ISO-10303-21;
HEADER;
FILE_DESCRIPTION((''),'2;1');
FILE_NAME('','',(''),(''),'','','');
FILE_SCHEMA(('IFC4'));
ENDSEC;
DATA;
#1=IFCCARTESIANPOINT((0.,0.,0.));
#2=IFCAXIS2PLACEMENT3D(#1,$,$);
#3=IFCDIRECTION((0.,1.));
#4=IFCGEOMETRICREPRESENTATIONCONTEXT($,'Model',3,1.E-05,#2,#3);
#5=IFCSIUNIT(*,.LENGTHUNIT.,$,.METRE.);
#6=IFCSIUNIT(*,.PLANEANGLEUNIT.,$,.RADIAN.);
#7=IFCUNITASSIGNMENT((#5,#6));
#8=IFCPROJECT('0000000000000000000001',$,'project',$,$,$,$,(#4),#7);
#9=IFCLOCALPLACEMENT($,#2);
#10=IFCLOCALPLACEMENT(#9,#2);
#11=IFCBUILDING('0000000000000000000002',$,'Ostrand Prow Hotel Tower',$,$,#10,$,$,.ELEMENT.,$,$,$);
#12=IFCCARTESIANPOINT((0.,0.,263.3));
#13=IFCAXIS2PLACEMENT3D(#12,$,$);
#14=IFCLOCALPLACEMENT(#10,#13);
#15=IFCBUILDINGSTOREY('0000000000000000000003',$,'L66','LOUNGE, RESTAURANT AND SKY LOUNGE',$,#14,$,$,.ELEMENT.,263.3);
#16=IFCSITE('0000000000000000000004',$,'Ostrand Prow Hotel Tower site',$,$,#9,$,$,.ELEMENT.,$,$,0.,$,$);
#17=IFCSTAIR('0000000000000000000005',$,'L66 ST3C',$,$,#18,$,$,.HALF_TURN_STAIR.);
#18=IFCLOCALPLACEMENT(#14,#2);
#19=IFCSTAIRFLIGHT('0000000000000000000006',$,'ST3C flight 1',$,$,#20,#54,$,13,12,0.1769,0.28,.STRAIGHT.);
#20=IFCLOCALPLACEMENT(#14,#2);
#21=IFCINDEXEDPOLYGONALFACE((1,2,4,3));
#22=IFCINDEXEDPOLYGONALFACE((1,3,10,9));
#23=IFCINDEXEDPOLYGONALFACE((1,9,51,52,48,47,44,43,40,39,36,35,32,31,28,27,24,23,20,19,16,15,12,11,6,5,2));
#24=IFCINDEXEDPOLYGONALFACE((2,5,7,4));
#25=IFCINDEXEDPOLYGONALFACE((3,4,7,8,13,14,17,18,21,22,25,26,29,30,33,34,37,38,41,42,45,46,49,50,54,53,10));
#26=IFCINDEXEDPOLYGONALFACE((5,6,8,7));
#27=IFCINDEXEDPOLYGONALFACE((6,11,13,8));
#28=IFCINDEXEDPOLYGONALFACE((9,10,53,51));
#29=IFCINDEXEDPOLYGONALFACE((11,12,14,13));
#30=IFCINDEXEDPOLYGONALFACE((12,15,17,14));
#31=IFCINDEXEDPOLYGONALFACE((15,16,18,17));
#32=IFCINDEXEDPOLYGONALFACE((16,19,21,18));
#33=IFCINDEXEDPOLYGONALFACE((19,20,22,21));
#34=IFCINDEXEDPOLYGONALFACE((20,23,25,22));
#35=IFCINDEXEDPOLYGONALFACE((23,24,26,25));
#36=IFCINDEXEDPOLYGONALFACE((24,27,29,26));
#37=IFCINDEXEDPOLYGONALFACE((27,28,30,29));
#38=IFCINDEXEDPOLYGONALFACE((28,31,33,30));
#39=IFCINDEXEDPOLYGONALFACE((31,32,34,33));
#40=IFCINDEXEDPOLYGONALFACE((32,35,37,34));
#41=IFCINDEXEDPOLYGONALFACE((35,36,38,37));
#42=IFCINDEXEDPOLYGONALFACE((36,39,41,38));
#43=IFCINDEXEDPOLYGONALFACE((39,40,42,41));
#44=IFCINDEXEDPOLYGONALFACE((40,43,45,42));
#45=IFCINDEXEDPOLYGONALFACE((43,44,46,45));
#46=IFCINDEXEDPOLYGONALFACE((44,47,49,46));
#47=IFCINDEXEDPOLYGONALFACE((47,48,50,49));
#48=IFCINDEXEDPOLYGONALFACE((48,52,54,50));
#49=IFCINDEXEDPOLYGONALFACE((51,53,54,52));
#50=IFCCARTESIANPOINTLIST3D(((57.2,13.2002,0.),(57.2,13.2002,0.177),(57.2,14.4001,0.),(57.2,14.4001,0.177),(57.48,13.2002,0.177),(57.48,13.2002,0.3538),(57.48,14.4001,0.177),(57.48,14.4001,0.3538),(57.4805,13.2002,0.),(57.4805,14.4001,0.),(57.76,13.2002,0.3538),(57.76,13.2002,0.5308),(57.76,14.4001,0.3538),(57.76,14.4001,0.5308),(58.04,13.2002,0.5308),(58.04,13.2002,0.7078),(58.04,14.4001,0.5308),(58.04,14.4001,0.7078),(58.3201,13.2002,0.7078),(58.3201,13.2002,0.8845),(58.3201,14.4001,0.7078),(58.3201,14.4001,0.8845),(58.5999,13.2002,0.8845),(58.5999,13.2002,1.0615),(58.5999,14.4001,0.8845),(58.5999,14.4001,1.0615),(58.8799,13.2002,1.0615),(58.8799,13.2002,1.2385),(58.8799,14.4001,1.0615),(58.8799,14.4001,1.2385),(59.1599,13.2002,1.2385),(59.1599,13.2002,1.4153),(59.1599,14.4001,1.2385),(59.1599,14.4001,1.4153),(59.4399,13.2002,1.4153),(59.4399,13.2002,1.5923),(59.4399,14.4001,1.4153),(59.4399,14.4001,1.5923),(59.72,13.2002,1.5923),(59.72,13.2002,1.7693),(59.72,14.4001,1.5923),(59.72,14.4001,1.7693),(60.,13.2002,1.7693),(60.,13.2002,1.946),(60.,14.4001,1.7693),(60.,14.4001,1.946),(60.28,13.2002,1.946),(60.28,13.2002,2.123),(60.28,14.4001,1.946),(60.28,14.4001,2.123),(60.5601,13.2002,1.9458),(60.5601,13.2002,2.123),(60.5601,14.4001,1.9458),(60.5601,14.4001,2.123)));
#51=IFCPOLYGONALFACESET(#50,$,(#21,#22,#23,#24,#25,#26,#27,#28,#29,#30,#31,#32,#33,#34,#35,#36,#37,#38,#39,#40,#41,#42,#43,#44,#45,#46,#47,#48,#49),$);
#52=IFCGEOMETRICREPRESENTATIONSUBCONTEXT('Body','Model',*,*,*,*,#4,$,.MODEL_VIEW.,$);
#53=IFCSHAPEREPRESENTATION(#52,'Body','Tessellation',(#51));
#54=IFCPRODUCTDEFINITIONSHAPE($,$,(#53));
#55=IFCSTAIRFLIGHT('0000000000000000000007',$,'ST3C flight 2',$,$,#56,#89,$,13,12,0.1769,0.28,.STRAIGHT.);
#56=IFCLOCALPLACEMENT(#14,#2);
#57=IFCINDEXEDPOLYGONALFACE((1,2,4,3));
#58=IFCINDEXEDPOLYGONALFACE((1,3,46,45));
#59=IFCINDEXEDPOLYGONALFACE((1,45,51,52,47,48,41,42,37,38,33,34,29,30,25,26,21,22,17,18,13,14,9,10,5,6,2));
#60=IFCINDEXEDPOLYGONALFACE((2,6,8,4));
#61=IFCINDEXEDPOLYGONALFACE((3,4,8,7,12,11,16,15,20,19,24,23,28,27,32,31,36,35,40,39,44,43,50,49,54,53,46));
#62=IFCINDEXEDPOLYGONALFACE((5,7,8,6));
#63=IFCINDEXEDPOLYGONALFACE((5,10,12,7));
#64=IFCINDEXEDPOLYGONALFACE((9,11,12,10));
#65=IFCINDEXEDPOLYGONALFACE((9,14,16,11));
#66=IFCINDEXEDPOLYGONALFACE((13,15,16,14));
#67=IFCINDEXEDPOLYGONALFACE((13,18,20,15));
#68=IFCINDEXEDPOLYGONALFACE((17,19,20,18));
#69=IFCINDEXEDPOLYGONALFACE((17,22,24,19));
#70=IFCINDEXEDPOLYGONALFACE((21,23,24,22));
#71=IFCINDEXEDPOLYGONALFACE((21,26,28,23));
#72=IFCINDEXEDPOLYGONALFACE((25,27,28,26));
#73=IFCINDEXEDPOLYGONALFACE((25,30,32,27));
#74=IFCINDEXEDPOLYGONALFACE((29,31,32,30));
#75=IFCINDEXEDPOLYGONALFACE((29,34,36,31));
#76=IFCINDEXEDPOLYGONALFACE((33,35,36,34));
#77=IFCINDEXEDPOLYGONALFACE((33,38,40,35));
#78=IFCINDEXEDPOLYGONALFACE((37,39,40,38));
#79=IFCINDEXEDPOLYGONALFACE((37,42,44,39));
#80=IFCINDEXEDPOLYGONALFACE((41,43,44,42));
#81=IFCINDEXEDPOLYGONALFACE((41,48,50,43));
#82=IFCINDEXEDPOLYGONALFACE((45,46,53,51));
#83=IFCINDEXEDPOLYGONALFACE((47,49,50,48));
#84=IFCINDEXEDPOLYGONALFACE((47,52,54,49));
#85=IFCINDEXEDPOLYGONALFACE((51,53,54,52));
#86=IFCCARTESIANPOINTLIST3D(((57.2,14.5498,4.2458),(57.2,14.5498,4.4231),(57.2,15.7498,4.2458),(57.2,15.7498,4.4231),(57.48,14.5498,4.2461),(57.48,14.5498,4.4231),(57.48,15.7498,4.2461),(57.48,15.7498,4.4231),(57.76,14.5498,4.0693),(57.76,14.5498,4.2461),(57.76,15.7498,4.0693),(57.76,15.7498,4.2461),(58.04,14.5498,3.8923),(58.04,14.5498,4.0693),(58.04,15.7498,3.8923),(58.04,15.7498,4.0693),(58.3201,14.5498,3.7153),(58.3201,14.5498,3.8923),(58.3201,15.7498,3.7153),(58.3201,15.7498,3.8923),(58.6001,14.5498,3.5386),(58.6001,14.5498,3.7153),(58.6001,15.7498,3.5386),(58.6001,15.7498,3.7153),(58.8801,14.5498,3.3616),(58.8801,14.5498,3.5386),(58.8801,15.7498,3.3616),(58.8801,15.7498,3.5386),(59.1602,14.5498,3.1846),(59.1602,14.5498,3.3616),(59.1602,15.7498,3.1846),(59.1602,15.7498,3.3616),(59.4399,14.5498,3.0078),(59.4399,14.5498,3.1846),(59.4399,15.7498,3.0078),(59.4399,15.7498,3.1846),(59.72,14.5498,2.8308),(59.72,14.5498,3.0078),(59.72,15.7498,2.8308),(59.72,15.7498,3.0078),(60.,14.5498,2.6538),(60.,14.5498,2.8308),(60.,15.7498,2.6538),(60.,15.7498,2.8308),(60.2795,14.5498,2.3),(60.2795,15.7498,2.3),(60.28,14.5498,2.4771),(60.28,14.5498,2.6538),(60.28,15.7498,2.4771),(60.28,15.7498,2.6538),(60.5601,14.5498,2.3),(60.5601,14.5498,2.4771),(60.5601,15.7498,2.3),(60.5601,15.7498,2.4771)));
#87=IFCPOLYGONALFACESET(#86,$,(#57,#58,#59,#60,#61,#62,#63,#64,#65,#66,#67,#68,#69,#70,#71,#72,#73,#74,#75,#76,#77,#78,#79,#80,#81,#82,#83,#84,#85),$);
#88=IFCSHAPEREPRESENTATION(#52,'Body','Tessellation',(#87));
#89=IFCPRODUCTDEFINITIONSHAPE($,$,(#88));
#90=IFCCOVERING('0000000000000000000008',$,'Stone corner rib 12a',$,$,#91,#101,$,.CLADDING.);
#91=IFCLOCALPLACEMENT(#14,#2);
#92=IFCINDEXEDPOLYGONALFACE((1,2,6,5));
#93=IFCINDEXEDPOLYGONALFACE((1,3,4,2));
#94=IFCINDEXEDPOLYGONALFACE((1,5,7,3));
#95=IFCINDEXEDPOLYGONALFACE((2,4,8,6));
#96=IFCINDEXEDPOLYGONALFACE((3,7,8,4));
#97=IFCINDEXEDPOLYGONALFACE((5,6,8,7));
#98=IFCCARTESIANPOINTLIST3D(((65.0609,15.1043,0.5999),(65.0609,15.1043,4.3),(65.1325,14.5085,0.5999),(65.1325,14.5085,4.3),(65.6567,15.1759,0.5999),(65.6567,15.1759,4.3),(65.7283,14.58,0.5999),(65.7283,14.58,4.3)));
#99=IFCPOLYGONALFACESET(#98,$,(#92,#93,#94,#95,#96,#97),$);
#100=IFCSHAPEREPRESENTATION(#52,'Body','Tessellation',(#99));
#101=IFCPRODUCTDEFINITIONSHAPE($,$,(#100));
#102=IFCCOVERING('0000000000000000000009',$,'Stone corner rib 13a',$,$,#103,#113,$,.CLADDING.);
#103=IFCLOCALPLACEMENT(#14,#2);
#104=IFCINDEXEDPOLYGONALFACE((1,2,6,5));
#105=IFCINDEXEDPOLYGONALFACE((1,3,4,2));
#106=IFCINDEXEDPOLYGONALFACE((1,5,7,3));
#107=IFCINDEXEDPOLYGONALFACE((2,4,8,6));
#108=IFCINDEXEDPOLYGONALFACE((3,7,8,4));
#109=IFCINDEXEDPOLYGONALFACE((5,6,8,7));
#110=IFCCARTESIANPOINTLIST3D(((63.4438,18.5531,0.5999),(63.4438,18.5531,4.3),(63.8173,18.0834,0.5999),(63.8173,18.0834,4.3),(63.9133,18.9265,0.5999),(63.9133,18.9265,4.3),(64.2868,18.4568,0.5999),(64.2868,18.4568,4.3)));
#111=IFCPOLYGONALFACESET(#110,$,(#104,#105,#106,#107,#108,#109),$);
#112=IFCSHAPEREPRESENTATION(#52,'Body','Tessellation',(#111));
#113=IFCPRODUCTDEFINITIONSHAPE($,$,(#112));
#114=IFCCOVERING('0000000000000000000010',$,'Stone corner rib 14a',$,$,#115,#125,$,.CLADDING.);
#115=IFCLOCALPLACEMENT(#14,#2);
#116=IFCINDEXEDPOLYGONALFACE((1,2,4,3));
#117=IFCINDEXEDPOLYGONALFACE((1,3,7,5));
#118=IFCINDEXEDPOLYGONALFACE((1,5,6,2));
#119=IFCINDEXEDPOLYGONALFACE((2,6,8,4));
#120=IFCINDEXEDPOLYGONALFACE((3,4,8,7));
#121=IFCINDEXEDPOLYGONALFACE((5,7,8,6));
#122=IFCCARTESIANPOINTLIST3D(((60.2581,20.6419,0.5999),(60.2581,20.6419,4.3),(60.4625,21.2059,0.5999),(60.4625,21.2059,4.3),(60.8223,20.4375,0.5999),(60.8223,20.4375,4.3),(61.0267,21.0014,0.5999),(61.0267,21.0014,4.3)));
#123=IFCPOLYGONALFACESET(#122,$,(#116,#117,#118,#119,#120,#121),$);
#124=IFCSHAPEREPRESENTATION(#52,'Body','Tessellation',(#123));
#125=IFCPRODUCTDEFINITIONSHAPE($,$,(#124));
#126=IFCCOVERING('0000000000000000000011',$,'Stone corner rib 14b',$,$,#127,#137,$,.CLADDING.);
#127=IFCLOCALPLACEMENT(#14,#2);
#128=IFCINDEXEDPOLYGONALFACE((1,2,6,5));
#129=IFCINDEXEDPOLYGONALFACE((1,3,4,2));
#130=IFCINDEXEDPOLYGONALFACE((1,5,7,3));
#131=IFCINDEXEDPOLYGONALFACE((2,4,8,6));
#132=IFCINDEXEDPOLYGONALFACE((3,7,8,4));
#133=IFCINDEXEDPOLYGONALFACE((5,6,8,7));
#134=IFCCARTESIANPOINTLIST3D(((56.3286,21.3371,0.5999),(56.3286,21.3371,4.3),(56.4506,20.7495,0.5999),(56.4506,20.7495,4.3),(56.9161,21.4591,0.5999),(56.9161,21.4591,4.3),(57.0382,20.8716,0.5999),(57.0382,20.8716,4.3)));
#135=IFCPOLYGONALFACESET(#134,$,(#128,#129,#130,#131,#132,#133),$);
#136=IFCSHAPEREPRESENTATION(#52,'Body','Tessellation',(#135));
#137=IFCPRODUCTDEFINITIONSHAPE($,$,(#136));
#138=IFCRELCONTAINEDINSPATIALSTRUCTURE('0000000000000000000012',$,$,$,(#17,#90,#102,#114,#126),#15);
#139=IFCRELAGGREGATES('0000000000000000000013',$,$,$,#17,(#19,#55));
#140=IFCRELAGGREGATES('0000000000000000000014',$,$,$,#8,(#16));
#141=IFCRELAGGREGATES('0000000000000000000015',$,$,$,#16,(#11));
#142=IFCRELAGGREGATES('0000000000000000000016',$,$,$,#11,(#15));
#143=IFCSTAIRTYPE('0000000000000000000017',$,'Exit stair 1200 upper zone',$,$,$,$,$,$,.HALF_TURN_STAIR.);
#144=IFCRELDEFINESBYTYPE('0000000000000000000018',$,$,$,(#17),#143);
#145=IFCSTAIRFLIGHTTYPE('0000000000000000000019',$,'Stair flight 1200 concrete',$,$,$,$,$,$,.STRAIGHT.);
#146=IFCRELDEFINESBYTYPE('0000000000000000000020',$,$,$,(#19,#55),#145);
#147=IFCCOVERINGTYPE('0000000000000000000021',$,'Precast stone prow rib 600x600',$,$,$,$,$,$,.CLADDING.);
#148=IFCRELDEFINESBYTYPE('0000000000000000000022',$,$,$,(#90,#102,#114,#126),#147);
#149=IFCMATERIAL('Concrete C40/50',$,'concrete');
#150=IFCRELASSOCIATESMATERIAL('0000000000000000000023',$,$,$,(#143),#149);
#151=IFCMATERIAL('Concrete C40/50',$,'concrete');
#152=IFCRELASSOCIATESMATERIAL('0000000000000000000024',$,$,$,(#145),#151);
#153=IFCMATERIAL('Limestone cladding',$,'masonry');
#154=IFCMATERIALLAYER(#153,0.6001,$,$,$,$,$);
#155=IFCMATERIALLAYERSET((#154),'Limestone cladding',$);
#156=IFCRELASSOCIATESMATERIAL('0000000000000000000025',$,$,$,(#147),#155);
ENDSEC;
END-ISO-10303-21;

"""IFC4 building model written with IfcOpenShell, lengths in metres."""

from ifc_helpers import new_model, si_unit, direction, frame, frame_2d, origin, place, context, subcontext, project, spatial, polyline, rectangle, outline, extrude, material, layer, layer_set, type_object, element, aggregate, save


model = new_model("IFC4")

# Units and contexts
model_context = context("Model", 3, precision=1e-05, world=origin(), true_north=direction((0.0, 1.0)))
body_context = subcontext(model_context, "Body", "Model", "MODEL_VIEW")
ifc_project = project(units=[si_unit("LENGTHUNIT", "METRE"), si_unit("PLANEANGLEUNIT", "RADIAN")], contexts=[model_context])

# Site, building, storey
site_placement = place(None, origin())
site = spatial("IfcSite", under=ifc_project, at=site_placement, Name="Ostrand Prow Hotel Tower site", CompositionType="ELEMENT", RefElevation=0.0)
building_placement = place(site_placement, origin())
building = spatial("IfcBuilding", under=site, at=building_placement, Name="Ostrand Prow Hotel Tower", CompositionType="ELEMENT")
storey_placement = place(building_placement, frame((0.0, 0.0, 263.3)))
storey = spatial("IfcBuildingStorey", under=building, at=storey_placement, Name="L66", Description="LOUNGE, RESTAURANT AND SKY LOUNGE", CompositionType="ELEMENT", Elevation=263.3)

# Stair, stair flights
ifc_material_1 = material(Name="Concrete C40/50", Category="concrete")
stair_type = type_object("IfcStairType", Name="Exit stair 1200 upper zone", PredefinedType="HALF_TURN_STAIR", material=ifc_material_1)
stair_placement = place(storey_placement, origin())
stair = element("IfcStair", 1, at=stair_placement, inside=storey, type_object=stair_type, Name="L66 ST3C", PredefinedType="HALF_TURN_STAIR")
ifc_material_2 = material(Name="Concrete C40/50", Category="concrete")
stair_flight_type = type_object("IfcStairFlightType", Name="Stair flight 1200 concrete", PredefinedType="STRAIGHT", material=ifc_material_2)
stair_flight_1_placement = place(storey_placement, frame((57.2, 13.8, 0.0), z_axis=(0.0, 0.0, 1.0), x_axis=(1.0, 0.0, 0.0)))
stair_flight_1 = element("IfcStairFlight", 2, at=stair_flight_1_placement, type_object=stair_flight_type, Name="ST3C flight 1", NumberOfRisers=13, NumberOfTreads=12, PredefinedType="STRAIGHT", RiserHeight=0.1769, TreadLength=0.28, context=body_context, shape_type="SweptSolid", body=[
    extrude(outline(polyline([(0.0, 0.0), (0.0, 0.177), (0.28, 0.177), (0.28, 0.3538), (0.5601, 0.3538), (0.5601, 0.5308), (0.8401, 0.5308), (0.8401, 0.7078), (1.1201, 0.7078), (1.1201, 0.8845), (1.3999, 0.8845), (1.3999, 1.0615), (1.6799, 1.0615), (1.6799, 1.2385), (1.96, 1.2385), (1.96, 1.4153), (2.24, 1.4153), (2.24, 1.5923), (2.52, 1.5923), (2.52, 1.7693), (2.8, 1.7693), (2.8, 1.946), (3.0801, 1.946), (3.0801, 2.123), (3.3601, 2.123), (3.3601, 2.3), (3.3601, 1.9458), (0.2805, 0.0), (0.0, 0.0)])), frame((0.0, 0.6001, 0.0), z_axis=(0.0, -1.0, 0.0), x_axis=(1.0, 0.0, 0.0)), (0.0, 0.0, 1.0), 1.2),
])
stair_flight_2_placement = place(storey_placement, frame((60.5601, 15.1499, 2.3), z_axis=(0.0, 0.0, 1.0), x_axis=(-1.0, 0.0, 0.0)))
stair_flight_2 = element("IfcStairFlight", 3, at=stair_flight_2_placement, type_object=stair_flight_type, Name="ST3C flight 2", NumberOfRisers=13, NumberOfTreads=12, PredefinedType="STRAIGHT", RiserHeight=0.1769, TreadLength=0.28, context=body_context, shape_type="SweptSolid", body=[
    extrude(outline(polyline([(0.0, 0.0), (0.0, 0.177), (0.28, 0.177), (0.28, 0.3538), (0.5601, 0.3538), (0.5601, 0.5308), (0.8401, 0.5308), (0.8401, 0.7078), (1.1201, 0.7078), (1.1201, 0.8845), (1.3999, 0.8845), (1.3999, 1.0615), (1.6799, 1.0615), (1.6799, 1.2385), (1.96, 1.2385), (1.96, 1.4153), (2.24, 1.4153), (2.24, 1.5923), (2.52, 1.5923), (2.52, 1.7693), (2.8, 1.7693), (2.8, 1.946), (3.0801, 1.946), (3.0801, 2.123), (3.3601, 2.123), (3.3601, 2.3), (3.3601, 1.9458), (0.2805, 0.0), (0.0, 0.0)])), frame((0.0, 0.6001, 0.0), z_axis=(0.0, -1.0, 0.0), x_axis=(1.0, 0.0, 0.0)), (0.0, 0.0, 1.0), 1.2),
])
aggregate(stair, [stair_flight_1, stair_flight_2])

# Coverings
ifc_material_3 = material(Name="Limestone cladding", Category="masonry")
ifc_layer_1 = layer(ifc_material_3, 0.6001)
ifc_layer_set_1 = layer_set([ifc_layer_1], Name="Limestone cladding")
covering_type = type_object("IfcCoveringType", Name="Precast stone prow rib 600x600", PredefinedType="CLADDING", material=ifc_layer_set_1)
covering_1_placement = place(storey_placement, frame((65.0967, 14.8064, 0.5999), z_axis=(0.0, 0.0, 1.0), x_axis=(0.992867, 0.119225, 0.0)))
element("IfcCovering", 4, at=covering_1_placement, inside=storey, type_object=covering_type, Name="Stone corner rib 12a", PredefinedType="CLADDING", context=body_context, shape_type="SweptSolid", body=[
    extrude(rectangle(XDim=0.6001, YDim=0.6001, at=frame_2d((0.3, 0.0))), origin(), (0.0, 0.0, 1.0), 3.7002),
])
for number, where, z_axis, x_axis, name in (
    (5, (63.6306, 18.3184, 0.5999), (0.0, 0.0, 1.0), (0.782732, 0.622359, 0.0), "Stone corner rib 13a"),
    (6, (60.5403, 20.5398, 0.5999), (0.0, 0.0, 1.0), (0.340664, 0.940185, 0.0), "Stone corner rib 14a"),
):
    element("IfcCovering", number, at=place(storey_placement, frame(where, z_axis=z_axis, x_axis=x_axis)), inside=storey, type_object=covering_type, Name=name, PredefinedType="CLADDING", context=body_context, shape_type="SweptSolid", body=[
        extrude(rectangle(XDim=0.5999, YDim=0.6001, at=frame_2d((0.2998, 0.0))), origin(), (0.0, 0.0, 1.0), 3.7002),
    ])
covering_2_placement = place(storey_placement, frame((56.7444, 20.8105, 0.5999), z_axis=(0.0, 0.0, 1.0), x_axis=(-0.203386, 0.979099, 0.0)))
element("IfcCovering", 7, at=covering_2_placement, inside=storey, type_object=covering_type, Name="Stone corner rib 14b", PredefinedType="CLADDING", context=body_context, shape_type="SweptSolid", body=[
    extrude(rectangle(XDim=0.6001, YDim=0.6001, at=frame_2d((0.3, 0.0))), origin(), (0.0, 0.0, 1.0), 3.7002),
])

save(model, "model.ifc")
